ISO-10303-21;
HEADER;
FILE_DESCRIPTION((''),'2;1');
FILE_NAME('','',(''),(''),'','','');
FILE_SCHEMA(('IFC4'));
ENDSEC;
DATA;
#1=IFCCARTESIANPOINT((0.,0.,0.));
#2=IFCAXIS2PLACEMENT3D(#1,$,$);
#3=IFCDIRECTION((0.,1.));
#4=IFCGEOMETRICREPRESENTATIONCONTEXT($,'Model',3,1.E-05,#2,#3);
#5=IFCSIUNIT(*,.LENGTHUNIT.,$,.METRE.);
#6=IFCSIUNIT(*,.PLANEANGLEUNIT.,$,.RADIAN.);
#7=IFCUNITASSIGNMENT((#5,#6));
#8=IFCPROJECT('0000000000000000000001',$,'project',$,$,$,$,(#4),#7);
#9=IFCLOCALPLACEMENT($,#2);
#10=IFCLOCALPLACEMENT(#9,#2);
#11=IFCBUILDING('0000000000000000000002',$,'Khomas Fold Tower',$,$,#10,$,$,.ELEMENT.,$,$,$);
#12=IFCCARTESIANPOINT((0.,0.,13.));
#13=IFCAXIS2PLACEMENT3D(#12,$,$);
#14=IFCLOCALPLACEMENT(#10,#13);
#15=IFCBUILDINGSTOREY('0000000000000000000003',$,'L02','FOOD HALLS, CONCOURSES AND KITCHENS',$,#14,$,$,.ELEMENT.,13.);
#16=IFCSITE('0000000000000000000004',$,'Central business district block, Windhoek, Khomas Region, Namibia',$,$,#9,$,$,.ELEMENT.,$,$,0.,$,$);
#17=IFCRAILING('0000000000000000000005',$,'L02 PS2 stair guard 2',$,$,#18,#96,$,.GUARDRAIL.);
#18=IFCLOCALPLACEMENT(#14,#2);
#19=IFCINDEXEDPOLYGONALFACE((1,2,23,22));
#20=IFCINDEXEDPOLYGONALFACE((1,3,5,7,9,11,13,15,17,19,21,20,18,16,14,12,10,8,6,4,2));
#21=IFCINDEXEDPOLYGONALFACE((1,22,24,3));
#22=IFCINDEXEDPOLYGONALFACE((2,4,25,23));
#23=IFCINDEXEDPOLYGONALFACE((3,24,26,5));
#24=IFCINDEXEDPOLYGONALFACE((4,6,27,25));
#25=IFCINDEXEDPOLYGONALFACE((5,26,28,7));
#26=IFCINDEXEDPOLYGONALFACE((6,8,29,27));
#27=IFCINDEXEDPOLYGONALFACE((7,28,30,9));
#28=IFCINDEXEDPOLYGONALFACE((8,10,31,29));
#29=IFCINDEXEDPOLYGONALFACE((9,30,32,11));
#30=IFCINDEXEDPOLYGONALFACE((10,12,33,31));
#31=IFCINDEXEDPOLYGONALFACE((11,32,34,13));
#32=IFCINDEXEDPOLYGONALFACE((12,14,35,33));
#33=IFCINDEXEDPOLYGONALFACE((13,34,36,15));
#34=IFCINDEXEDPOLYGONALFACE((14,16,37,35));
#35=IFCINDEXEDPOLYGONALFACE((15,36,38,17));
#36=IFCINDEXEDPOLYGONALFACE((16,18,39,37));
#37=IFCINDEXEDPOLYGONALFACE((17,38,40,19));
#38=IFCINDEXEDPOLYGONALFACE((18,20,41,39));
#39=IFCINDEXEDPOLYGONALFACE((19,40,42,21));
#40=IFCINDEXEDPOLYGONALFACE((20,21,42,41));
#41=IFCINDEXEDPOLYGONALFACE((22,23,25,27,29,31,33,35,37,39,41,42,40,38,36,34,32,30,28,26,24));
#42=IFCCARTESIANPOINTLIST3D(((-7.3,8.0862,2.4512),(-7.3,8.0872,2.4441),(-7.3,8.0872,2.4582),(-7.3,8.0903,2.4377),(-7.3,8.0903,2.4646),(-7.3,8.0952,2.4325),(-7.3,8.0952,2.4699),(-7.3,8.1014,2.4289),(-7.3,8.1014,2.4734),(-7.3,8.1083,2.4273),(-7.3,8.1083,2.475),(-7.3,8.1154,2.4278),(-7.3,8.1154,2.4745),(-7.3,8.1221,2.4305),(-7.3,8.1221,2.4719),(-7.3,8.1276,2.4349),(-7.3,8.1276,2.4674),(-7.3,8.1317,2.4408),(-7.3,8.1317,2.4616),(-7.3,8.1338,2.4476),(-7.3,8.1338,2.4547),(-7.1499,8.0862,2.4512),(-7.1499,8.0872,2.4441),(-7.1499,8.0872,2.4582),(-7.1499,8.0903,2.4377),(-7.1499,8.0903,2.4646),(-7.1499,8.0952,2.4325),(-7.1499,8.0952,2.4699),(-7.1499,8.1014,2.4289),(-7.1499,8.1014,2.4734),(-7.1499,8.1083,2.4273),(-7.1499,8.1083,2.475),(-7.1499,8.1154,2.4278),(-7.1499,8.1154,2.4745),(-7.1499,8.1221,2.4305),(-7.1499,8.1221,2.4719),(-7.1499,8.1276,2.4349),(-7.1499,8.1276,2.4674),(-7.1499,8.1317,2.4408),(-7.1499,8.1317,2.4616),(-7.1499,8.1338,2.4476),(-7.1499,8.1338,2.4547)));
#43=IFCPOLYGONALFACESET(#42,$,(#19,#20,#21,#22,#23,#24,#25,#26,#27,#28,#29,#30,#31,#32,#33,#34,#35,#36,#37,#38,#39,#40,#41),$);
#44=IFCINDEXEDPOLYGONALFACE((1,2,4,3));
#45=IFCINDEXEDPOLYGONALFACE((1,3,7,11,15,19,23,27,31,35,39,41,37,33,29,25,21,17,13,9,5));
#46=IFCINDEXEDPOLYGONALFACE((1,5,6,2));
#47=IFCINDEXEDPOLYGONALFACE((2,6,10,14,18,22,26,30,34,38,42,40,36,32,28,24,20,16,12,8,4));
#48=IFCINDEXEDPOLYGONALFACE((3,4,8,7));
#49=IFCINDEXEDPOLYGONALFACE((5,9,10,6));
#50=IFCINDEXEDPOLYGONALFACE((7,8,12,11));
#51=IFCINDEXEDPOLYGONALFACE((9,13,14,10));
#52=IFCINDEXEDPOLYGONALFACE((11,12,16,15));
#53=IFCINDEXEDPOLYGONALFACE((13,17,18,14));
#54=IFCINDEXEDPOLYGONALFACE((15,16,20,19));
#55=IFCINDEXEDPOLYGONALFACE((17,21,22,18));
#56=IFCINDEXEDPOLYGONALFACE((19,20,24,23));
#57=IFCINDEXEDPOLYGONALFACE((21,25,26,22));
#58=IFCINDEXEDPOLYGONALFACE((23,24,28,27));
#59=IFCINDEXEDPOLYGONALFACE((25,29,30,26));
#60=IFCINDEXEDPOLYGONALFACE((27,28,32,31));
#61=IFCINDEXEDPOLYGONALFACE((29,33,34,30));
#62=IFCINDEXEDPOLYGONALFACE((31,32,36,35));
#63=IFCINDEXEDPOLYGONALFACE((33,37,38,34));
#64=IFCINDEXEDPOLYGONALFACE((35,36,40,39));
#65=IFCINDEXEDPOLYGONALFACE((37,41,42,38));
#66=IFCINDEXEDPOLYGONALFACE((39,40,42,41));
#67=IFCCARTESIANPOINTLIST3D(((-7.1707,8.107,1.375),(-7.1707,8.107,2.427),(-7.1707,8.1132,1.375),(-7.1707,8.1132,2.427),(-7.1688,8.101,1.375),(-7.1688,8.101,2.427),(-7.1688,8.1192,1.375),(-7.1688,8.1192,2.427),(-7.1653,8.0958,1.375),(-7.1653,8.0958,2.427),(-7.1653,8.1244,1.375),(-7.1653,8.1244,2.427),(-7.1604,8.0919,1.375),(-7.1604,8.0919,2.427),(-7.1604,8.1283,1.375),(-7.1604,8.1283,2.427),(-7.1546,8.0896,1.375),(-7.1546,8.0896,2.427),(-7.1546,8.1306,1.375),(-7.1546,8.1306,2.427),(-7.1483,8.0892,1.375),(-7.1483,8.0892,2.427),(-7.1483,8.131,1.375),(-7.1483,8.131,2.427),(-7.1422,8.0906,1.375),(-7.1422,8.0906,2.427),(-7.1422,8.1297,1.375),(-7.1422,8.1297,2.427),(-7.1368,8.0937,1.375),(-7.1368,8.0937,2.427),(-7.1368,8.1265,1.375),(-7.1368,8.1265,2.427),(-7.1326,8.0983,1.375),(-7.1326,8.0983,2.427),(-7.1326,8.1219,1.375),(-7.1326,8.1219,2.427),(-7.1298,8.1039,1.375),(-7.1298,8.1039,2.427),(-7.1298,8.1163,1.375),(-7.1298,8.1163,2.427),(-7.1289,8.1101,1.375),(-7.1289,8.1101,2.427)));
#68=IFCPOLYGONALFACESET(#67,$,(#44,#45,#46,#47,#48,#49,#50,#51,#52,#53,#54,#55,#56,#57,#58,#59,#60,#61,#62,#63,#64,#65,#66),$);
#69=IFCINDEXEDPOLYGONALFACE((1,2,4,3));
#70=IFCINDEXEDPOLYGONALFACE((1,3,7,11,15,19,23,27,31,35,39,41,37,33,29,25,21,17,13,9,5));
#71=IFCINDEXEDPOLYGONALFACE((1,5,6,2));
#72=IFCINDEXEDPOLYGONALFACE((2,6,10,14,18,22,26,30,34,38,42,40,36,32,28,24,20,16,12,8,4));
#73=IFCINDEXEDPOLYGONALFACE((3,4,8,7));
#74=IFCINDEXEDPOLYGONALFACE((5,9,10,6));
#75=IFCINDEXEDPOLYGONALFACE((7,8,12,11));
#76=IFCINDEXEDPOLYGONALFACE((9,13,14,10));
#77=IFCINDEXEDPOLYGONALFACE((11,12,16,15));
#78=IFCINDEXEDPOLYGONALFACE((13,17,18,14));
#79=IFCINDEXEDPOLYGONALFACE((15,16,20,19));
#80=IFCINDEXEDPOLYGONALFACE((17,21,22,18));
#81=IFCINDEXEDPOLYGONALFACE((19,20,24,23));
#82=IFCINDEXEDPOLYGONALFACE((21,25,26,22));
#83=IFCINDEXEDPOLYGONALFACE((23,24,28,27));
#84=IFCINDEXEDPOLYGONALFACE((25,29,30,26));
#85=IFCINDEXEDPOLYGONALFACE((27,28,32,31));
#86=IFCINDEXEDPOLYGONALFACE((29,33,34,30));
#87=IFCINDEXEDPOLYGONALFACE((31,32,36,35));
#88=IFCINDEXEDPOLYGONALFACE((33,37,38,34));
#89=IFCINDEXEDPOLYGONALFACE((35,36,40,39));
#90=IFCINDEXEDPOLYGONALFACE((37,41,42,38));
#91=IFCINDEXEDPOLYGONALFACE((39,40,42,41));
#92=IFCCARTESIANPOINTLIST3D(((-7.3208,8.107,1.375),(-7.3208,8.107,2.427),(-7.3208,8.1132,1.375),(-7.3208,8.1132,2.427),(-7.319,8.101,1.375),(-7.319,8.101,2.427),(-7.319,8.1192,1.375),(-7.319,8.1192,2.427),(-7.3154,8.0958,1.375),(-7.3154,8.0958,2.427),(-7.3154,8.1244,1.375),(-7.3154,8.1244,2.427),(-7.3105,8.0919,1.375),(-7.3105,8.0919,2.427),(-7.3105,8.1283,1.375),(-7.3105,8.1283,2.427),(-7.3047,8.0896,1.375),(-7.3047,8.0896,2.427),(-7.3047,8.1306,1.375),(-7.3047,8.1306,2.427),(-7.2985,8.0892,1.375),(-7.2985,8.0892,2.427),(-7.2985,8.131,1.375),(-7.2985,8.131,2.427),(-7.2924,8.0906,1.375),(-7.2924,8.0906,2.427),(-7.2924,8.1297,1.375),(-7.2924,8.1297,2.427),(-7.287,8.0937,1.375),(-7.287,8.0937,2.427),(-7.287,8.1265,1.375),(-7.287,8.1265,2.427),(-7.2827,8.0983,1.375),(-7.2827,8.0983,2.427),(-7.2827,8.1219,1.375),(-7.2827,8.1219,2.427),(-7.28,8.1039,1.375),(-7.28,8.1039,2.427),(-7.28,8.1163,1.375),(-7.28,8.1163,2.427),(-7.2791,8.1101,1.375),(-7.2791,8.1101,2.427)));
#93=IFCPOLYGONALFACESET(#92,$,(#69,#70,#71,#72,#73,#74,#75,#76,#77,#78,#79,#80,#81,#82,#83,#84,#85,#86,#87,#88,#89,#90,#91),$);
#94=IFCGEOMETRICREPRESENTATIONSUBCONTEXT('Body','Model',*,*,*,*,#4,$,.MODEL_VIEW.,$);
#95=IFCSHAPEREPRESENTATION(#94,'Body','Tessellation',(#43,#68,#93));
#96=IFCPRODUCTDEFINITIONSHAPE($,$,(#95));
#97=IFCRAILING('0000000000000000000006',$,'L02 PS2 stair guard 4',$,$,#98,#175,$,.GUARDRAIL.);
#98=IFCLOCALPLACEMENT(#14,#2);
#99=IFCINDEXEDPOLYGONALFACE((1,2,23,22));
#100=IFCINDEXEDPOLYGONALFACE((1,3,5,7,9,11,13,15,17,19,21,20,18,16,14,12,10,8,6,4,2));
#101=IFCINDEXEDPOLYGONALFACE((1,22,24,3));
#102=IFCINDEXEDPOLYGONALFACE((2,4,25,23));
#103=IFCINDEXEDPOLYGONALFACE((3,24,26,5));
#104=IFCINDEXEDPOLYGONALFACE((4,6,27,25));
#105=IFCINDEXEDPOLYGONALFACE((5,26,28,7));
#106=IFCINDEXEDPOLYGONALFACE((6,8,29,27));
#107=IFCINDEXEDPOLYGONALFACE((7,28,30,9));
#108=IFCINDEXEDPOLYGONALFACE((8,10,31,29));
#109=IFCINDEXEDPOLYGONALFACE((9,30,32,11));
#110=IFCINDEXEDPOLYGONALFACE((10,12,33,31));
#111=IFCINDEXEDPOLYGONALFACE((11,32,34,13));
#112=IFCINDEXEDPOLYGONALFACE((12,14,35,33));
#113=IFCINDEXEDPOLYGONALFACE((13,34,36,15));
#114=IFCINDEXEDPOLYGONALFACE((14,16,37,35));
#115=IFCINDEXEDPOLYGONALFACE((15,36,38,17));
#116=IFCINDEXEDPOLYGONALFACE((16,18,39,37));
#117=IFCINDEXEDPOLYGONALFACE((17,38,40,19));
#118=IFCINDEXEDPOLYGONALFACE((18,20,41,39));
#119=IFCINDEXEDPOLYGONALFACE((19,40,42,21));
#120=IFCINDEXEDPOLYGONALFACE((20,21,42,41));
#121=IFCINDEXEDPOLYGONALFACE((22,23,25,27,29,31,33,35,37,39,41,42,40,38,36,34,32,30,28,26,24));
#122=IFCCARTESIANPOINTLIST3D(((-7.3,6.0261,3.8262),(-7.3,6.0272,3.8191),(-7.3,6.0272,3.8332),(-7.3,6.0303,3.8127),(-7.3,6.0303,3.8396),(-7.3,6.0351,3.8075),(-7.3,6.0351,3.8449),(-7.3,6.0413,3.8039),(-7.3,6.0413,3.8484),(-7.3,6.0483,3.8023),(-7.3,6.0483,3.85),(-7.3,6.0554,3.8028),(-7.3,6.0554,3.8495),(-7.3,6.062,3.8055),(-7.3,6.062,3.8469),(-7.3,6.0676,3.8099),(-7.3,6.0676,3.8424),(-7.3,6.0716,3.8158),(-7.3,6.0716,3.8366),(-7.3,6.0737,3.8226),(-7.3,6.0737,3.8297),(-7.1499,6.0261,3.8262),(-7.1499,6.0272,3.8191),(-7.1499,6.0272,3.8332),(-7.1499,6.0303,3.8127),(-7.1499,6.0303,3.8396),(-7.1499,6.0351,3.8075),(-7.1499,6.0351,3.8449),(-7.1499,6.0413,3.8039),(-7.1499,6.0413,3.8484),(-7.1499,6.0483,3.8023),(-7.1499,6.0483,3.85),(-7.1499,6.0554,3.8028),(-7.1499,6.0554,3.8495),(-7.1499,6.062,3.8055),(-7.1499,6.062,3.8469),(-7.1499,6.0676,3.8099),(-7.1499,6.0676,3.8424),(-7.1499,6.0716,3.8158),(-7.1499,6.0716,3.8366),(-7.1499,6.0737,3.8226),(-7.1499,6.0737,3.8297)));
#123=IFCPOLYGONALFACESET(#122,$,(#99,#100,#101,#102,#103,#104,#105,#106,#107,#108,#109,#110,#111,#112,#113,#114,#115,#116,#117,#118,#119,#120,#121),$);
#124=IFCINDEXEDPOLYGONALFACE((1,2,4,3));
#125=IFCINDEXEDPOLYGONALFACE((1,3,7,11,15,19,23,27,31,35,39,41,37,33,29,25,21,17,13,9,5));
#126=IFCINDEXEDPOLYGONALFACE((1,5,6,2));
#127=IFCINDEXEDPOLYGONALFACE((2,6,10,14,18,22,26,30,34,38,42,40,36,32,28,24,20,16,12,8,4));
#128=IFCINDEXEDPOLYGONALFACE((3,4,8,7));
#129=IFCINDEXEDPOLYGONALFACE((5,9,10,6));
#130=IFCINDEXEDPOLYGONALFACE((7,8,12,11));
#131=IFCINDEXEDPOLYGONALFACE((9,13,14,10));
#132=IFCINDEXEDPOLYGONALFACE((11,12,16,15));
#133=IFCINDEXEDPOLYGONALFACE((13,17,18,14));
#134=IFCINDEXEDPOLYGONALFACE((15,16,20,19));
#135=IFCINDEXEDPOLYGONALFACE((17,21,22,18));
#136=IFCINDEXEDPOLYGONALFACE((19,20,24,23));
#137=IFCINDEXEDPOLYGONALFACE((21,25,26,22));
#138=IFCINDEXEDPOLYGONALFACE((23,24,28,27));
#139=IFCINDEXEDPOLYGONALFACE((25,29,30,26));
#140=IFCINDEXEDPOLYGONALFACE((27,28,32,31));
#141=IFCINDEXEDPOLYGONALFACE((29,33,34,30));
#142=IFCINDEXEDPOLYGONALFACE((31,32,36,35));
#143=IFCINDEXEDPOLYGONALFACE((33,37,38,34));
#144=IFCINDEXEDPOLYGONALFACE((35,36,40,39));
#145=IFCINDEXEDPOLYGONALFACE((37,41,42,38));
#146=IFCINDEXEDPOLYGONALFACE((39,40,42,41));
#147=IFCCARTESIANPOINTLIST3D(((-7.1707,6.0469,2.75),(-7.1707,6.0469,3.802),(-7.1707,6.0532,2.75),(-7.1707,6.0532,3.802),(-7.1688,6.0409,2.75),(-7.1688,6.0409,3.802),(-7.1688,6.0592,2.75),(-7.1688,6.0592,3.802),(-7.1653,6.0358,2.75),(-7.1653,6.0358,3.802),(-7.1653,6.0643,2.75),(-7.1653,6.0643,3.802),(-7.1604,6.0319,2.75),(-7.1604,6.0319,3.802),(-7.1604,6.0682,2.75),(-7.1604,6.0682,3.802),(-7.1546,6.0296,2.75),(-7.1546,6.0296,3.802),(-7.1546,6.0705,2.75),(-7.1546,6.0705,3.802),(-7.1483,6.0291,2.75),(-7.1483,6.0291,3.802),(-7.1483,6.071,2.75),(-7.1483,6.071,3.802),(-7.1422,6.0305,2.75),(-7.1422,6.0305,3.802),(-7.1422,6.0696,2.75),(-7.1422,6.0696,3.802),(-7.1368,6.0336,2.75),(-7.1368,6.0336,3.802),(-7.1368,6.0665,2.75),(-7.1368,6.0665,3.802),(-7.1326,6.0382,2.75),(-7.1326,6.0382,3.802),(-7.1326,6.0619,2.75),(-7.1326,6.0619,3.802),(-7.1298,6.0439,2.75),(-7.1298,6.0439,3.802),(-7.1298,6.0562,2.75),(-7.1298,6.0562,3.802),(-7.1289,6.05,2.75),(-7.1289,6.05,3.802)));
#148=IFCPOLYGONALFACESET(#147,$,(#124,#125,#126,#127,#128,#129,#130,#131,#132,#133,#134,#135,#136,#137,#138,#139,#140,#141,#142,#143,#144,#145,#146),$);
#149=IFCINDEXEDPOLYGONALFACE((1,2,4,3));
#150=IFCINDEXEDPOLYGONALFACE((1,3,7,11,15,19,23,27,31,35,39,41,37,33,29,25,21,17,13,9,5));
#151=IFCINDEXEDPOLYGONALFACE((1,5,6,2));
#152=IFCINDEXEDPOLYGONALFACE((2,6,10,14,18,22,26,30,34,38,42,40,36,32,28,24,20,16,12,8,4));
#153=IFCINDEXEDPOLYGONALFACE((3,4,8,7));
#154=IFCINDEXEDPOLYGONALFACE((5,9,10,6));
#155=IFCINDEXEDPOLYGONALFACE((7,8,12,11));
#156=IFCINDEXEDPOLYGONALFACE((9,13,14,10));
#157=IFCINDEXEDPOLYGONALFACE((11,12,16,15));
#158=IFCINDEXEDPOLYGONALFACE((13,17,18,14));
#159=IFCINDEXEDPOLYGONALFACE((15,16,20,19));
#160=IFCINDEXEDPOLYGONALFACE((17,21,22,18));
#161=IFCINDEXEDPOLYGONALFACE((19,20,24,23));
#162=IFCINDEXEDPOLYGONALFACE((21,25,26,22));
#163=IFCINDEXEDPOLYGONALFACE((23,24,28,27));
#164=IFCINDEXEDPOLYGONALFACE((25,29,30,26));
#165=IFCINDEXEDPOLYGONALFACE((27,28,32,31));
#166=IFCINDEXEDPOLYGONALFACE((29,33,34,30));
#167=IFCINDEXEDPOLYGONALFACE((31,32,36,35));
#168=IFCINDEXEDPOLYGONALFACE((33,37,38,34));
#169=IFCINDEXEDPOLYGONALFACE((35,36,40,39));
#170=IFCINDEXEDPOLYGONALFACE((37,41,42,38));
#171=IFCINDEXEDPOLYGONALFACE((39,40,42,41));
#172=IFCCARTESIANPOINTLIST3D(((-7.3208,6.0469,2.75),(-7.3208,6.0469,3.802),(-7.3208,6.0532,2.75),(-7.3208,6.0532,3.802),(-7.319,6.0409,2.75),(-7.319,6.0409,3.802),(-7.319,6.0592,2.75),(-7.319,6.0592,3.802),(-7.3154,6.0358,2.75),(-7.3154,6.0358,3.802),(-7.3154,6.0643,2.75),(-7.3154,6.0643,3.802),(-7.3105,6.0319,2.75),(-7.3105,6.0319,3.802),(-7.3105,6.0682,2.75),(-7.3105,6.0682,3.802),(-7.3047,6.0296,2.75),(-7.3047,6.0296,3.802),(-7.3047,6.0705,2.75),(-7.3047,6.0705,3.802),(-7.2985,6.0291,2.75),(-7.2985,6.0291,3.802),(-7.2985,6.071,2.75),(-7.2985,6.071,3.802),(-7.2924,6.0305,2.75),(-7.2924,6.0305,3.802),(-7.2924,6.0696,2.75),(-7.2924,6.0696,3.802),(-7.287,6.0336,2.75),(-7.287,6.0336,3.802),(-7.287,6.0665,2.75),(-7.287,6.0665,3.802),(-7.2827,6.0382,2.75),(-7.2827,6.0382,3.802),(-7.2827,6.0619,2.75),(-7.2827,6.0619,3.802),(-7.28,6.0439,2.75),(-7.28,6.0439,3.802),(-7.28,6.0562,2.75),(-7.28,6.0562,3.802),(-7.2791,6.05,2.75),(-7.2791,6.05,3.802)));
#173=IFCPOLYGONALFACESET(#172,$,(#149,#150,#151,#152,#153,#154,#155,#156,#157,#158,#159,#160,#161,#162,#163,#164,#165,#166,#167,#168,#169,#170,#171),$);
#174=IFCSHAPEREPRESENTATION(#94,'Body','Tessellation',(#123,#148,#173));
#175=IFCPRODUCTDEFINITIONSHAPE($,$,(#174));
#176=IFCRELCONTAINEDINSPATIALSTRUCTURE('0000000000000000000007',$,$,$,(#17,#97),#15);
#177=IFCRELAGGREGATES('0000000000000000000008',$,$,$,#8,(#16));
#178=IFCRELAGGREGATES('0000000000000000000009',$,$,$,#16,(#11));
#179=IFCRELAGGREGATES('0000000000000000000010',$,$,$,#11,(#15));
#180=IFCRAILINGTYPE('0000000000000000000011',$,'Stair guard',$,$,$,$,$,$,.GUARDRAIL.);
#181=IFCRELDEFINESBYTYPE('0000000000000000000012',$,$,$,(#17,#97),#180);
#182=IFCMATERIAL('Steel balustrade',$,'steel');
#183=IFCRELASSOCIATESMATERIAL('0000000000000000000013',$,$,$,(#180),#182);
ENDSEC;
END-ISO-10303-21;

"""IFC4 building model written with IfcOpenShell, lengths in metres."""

from ifc_helpers import new_model, si_unit, direction, frame, origin, origin_2d, place, context, subcontext, project, spatial, circle, extrude, source, transform, mapped, material, type_object, element, save


model = new_model("IFC4")

# Units and contexts
model_context = context("Model", 3, precision=1e-05, world=origin(), true_north=direction((0.0, 1.0)))
body_context = subcontext(model_context, "Body", "Model", "MODEL_VIEW")
ifc_project = project(units=[si_unit("LENGTHUNIT", "METRE"), si_unit("PLANEANGLEUNIT", "RADIAN")], contexts=[model_context])

# Site, building, storey
site_placement = place(None, origin())
site = spatial("IfcSite", under=ifc_project, at=site_placement, Name="Central business district block, Windhoek, Khomas Region, Namibia", CompositionType="ELEMENT", RefElevation=0.0)
building_placement = place(site_placement, origin())
building = spatial("IfcBuilding", under=site, at=building_placement, Name="Khomas Fold Tower", CompositionType="ELEMENT")
storey_placement = place(building_placement, frame((0.0, 0.0, 13.0)))
storey = spatial("IfcBuildingStorey", under=building, at=storey_placement, Name="L02", Description="FOOD HALLS, CONCOURSES AND KITCHENS", CompositionType="ELEMENT", Elevation=13.0)

# Railings
ifc_material_1 = material(Name="Steel balustrade", Category="steel")
railing_type_1 = type_object("IfcRailingType", Name="Stair guard", PredefinedType="GUARDRAIL", material=ifc_material_1)
shared_shape_1 = source(origin(), body_context, "Body", "SweptSolid", [
    extrude(circle(Radius=0.0239, at=origin_2d()), frame((0.0, 0.0, 1.0762), z_axis=(-1.0, 0.0, 0.0), x_axis=(0.0, -1.0, 0.0)), (0.0, 0.0, 1.0), 0.1501),
    extrude(circle(Radius=0.021, at=origin_2d()), origin(), (0.0, 0.0, 1.0), 1.052),
    extrude(circle(Radius=0.021, at=origin_2d()), frame((-0.1501, 0.0, 0.0)), (0.0, 0.0, 1.0), 1.052),
])
for number, where, name in (
    (1, (-7.1499, 8.1101, 1.375), "L02 PS2 stair guard 2"),
    (2, (-7.1499, 6.05, 2.75), "L02 PS2 stair guard 4"),
):
    element("IfcRailing", number, at=place(storey_placement, frame(where)), inside=storey, type_object=railing_type_1, Name=name, PredefinedType="GUARDRAIL", context=body_context, shape_type="MappedRepresentation", body=[
        mapped(shared_shape_1, transform((0.0, 0.0, 0.0))),
    ])

save(model, "model.ifc")
